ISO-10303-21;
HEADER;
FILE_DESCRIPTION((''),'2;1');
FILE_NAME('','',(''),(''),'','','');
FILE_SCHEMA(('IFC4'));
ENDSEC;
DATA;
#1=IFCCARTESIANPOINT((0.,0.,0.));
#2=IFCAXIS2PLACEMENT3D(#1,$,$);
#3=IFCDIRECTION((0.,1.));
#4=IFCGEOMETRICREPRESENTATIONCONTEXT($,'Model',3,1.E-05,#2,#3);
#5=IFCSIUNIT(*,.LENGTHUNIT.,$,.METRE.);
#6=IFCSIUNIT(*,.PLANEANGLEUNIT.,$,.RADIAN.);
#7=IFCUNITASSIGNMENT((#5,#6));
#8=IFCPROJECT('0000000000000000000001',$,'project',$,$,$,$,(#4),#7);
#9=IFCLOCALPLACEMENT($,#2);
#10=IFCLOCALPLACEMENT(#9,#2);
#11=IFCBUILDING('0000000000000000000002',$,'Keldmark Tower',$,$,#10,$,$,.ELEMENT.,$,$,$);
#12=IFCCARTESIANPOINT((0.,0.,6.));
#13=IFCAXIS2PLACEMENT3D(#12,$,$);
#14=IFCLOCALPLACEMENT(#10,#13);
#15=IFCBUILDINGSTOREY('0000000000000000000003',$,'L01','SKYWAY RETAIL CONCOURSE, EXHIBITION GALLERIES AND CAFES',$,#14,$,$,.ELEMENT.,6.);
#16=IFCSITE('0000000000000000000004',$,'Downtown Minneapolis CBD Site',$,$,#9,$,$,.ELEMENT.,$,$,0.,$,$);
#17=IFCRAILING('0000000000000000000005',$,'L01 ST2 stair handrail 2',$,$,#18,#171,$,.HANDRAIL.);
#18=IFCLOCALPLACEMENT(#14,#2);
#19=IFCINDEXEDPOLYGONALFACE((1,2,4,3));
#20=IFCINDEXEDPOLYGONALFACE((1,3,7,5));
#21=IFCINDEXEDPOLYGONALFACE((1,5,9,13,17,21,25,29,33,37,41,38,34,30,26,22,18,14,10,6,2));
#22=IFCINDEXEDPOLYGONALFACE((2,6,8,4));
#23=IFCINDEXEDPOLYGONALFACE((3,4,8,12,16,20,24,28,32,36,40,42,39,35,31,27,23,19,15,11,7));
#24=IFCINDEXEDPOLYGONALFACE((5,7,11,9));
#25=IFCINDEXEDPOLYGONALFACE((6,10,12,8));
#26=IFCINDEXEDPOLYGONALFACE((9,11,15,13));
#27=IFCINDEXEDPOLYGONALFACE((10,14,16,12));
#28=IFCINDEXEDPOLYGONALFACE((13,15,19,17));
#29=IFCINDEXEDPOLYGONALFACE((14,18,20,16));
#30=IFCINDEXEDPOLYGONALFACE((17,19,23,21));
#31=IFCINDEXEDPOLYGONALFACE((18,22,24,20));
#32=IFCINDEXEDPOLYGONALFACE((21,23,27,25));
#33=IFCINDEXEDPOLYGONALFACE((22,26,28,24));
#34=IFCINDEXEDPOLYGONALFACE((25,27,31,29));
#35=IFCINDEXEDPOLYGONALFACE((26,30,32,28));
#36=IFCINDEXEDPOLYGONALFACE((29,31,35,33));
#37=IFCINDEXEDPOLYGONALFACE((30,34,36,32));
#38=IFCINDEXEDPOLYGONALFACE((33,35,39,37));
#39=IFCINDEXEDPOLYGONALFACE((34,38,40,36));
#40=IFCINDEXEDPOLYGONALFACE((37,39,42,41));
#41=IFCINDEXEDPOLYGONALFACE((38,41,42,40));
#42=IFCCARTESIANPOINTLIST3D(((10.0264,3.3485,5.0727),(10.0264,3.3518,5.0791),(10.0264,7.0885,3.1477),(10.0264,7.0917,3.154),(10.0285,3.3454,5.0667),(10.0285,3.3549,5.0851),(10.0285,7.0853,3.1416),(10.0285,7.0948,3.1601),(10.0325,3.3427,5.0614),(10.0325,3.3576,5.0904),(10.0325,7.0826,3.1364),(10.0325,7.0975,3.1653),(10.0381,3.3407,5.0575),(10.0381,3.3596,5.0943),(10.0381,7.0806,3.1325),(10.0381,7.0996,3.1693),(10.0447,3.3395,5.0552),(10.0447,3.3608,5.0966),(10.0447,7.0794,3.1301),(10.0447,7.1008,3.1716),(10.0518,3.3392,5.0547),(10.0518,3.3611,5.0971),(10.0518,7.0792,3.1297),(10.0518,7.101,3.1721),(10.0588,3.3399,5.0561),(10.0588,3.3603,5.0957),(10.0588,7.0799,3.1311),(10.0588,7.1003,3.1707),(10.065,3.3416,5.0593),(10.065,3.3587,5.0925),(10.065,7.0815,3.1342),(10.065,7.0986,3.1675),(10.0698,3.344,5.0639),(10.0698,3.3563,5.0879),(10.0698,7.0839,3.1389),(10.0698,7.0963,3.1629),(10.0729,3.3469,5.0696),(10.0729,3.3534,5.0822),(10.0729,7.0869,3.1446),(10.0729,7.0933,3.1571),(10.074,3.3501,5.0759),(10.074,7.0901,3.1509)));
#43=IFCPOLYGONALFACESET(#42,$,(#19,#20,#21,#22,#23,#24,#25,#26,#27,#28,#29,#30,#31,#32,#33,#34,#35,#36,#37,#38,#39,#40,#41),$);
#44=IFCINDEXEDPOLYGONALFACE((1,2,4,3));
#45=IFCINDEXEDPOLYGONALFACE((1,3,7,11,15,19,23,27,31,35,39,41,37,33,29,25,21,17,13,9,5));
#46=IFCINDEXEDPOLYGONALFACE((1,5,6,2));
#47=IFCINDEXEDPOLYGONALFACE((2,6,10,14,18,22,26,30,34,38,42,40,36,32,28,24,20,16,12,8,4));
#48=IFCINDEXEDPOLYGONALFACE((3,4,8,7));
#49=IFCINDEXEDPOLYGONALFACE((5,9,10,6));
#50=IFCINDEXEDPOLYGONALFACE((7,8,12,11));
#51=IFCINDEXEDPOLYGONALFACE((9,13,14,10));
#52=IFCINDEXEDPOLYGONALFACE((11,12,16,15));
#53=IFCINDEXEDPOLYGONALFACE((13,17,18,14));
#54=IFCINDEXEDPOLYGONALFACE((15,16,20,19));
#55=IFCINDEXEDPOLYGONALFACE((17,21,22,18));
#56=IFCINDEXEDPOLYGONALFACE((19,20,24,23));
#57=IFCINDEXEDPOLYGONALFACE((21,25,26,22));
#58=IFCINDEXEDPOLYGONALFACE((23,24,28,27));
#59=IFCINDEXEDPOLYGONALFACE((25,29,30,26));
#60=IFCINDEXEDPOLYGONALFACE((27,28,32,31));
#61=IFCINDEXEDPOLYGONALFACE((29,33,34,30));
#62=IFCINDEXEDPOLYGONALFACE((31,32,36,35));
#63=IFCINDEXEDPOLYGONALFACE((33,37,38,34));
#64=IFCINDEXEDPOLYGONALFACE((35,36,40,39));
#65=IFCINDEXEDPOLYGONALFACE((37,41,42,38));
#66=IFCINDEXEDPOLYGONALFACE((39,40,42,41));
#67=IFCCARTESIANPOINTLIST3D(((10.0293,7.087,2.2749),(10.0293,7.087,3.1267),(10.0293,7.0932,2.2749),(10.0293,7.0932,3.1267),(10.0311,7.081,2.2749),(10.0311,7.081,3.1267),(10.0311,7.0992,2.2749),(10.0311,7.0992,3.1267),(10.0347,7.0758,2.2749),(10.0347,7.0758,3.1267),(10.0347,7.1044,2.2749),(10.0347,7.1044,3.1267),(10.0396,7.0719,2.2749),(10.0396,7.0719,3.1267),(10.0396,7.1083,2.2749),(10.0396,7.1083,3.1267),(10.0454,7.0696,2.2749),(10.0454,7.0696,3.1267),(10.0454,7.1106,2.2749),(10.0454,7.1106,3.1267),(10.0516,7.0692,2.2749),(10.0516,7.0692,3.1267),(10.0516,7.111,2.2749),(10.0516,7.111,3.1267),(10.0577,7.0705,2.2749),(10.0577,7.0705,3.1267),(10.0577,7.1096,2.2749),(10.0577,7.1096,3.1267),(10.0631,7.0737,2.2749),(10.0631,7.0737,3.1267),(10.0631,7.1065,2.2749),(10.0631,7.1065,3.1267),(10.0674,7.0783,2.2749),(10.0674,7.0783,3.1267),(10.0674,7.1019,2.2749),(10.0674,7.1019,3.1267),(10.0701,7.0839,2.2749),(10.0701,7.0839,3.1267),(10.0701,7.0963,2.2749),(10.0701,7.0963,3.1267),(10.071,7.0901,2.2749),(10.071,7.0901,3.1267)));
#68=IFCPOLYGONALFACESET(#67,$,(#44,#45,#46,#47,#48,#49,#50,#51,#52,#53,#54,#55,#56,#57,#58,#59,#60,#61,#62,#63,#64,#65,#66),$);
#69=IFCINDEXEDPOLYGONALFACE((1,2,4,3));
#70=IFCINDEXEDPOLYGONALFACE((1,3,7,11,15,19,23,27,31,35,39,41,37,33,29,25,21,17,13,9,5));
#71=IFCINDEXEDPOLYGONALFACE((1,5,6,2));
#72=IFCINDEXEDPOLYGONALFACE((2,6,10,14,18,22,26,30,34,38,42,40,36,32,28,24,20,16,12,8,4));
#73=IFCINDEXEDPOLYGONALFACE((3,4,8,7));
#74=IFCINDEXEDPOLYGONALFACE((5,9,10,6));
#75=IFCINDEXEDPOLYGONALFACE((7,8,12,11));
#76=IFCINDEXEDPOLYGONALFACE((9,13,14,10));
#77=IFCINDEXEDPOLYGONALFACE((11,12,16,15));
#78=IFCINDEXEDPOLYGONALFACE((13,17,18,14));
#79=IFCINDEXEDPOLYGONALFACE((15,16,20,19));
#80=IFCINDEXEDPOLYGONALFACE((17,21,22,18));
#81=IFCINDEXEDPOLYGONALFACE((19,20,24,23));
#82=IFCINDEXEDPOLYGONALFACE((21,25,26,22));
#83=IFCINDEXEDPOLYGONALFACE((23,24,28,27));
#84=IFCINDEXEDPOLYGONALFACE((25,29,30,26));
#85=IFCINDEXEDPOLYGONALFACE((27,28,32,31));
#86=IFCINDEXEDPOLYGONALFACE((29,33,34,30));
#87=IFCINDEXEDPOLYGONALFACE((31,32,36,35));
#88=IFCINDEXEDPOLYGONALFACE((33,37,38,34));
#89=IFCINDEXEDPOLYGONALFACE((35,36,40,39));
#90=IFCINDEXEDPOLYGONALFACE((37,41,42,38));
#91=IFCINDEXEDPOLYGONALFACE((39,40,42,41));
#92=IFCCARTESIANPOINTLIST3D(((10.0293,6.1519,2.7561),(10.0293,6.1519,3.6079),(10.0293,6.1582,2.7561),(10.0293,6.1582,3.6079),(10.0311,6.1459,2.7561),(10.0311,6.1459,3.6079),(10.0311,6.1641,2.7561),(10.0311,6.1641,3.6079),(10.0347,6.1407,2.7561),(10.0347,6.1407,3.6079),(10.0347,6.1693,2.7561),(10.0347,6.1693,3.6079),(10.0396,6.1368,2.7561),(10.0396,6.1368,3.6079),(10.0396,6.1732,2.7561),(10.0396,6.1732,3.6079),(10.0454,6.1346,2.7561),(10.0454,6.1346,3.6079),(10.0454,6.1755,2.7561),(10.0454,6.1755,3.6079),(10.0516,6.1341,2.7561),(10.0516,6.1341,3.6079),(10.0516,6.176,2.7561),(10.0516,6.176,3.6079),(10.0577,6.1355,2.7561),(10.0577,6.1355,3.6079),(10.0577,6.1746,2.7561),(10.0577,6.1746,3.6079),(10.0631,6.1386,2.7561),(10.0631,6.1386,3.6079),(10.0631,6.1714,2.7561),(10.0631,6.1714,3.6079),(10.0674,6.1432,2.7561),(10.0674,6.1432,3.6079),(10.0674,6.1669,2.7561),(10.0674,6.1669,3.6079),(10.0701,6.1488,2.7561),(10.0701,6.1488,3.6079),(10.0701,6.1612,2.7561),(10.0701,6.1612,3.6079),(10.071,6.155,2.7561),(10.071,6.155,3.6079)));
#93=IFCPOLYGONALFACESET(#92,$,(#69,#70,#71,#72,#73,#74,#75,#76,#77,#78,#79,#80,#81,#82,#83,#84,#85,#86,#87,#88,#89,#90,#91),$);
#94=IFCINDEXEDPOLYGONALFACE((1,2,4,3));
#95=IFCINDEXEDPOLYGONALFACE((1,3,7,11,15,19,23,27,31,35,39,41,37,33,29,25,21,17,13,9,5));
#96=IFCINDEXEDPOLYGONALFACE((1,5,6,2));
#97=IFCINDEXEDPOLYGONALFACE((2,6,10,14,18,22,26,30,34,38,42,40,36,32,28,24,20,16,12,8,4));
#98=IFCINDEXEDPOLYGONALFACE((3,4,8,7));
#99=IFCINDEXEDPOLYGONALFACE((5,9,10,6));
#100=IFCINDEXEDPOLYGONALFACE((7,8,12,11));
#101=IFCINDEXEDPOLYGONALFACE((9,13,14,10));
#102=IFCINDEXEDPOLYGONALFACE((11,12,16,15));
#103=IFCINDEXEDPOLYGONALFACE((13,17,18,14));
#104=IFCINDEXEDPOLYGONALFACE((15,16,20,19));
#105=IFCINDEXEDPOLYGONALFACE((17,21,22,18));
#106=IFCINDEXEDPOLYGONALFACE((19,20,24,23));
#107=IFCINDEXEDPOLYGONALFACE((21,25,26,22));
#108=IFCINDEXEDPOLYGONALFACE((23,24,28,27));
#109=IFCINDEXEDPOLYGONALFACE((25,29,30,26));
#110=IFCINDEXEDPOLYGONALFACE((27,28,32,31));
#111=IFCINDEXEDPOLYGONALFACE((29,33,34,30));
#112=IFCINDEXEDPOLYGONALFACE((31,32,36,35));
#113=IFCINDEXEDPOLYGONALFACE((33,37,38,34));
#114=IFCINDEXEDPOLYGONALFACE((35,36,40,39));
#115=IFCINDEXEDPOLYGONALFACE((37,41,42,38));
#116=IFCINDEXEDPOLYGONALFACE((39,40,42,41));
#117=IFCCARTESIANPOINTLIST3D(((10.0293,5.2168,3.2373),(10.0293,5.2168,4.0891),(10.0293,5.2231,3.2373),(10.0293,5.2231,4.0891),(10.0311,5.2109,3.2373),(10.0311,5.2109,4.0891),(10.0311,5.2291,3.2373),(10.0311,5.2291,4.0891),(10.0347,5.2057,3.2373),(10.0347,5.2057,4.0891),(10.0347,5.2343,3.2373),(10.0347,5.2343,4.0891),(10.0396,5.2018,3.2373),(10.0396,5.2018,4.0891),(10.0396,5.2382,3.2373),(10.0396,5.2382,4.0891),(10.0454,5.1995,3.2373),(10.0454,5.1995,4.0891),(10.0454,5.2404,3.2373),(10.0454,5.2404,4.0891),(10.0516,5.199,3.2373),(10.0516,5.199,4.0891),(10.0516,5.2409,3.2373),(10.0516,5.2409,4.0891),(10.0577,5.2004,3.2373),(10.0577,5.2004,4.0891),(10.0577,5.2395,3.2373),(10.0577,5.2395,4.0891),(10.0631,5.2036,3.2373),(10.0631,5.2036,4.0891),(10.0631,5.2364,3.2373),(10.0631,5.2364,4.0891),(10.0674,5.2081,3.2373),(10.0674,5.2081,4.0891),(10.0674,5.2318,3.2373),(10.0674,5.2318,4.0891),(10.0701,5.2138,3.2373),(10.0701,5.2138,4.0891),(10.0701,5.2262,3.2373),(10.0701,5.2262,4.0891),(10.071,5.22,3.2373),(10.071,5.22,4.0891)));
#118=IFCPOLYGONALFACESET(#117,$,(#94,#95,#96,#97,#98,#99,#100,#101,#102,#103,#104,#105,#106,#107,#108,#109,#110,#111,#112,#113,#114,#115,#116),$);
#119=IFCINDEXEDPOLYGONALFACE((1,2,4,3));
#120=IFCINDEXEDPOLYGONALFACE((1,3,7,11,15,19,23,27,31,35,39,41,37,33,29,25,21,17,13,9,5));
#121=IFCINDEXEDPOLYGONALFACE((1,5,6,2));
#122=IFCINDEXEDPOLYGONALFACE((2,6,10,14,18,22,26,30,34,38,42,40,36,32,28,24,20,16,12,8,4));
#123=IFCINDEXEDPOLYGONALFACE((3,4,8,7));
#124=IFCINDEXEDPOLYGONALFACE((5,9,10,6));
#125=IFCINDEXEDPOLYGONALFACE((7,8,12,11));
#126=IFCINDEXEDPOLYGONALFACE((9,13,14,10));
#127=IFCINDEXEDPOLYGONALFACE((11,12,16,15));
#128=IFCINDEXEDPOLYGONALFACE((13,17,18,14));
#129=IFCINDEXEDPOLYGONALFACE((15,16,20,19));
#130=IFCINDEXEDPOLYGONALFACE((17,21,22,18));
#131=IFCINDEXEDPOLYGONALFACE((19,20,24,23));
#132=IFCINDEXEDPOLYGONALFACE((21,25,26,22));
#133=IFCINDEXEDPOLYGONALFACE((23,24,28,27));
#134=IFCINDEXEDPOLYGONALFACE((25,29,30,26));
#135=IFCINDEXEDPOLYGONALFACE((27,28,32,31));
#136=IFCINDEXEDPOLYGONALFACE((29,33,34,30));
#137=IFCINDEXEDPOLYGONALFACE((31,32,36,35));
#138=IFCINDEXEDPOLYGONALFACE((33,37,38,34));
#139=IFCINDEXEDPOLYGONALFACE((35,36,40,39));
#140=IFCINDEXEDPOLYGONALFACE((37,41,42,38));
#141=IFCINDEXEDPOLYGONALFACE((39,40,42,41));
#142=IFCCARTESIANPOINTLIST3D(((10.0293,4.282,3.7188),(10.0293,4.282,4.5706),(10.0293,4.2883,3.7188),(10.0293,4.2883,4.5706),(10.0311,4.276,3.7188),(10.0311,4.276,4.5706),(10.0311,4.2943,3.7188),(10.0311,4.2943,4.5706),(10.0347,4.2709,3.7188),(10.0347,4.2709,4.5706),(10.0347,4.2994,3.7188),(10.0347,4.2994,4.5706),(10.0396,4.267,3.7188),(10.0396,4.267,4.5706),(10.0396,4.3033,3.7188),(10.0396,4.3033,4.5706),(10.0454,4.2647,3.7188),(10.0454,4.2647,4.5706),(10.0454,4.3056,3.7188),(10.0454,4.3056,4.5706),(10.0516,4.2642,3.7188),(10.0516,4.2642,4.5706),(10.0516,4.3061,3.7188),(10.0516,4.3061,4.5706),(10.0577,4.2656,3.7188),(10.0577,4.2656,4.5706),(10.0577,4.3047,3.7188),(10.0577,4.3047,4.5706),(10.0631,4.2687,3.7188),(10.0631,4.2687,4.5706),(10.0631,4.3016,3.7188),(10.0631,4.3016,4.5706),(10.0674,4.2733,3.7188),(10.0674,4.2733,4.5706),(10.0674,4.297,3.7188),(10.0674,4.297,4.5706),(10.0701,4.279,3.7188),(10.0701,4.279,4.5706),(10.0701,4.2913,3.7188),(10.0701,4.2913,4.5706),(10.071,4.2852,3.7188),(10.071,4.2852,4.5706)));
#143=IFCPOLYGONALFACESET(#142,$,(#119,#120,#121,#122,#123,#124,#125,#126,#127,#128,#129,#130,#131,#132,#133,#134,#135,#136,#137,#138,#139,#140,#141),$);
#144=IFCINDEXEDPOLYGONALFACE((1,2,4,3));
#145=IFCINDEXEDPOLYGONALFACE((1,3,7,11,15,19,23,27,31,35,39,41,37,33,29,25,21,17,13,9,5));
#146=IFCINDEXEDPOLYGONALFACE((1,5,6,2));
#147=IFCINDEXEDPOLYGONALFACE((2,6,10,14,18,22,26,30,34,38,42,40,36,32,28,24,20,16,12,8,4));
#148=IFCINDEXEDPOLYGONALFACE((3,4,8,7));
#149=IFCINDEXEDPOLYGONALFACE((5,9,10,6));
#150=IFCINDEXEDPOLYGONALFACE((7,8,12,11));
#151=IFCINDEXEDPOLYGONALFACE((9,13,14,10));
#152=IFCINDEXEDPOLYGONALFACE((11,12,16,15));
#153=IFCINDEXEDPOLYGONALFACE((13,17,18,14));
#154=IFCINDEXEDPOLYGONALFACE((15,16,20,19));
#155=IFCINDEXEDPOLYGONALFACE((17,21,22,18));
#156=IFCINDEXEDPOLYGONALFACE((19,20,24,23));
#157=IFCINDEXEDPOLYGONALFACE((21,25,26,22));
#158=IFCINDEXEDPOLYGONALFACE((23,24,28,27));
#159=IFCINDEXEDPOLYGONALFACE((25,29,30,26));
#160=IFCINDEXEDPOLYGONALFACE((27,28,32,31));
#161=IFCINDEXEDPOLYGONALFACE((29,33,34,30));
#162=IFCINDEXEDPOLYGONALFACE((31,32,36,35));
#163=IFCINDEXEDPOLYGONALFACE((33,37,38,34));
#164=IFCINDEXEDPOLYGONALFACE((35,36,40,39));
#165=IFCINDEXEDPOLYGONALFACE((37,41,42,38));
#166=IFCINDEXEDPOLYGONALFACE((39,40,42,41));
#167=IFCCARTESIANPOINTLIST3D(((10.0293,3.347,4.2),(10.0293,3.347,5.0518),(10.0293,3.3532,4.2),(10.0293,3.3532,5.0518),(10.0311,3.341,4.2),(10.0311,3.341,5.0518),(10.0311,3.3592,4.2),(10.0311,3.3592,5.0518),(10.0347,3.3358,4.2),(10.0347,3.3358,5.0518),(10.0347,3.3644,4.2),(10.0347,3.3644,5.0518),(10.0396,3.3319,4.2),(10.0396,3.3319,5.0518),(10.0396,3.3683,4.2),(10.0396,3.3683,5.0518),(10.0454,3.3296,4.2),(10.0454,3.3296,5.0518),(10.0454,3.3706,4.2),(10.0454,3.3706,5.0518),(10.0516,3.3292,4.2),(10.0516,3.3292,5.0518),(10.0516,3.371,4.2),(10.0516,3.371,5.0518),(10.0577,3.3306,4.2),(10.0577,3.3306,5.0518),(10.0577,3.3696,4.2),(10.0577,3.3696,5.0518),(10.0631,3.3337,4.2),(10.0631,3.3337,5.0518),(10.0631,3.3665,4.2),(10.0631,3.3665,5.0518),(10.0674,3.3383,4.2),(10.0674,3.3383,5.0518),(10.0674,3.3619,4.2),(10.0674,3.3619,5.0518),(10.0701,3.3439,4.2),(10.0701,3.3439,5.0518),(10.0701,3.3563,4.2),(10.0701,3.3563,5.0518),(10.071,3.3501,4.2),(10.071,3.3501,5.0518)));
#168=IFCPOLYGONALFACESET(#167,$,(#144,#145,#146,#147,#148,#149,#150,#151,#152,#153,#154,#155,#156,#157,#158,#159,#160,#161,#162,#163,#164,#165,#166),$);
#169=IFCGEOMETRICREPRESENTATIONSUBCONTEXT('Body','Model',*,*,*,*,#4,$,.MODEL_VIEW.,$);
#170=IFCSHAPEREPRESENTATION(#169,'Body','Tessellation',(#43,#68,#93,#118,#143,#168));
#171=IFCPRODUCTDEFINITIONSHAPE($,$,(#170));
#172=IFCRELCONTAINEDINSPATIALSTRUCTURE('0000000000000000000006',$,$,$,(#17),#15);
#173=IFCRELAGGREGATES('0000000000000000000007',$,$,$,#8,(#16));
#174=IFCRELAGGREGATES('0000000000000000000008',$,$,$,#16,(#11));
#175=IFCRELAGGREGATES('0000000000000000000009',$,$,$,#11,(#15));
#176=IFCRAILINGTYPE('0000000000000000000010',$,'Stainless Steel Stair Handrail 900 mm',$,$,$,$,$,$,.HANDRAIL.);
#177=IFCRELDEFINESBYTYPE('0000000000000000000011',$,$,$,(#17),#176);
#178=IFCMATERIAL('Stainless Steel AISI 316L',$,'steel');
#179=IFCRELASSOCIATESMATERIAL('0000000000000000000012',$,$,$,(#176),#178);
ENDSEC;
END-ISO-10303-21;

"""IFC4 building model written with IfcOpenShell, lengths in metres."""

from ifc_helpers import new_model, si_unit, direction, frame, origin, origin_2d, place, context, subcontext, project, spatial, circle, extrude, material, type_object, element, save


model = new_model("IFC4")

# Units and contexts
model_context = context("Model", 3, precision=1e-05, world=origin(), true_north=direction((0.0, 1.0)))
body_context = subcontext(model_context, "Body", "Model", "MODEL_VIEW")
ifc_project = project(units=[si_unit("LENGTHUNIT", "METRE"), si_unit("PLANEANGLEUNIT", "RADIAN")], contexts=[model_context])

# Site, building, storey
site_placement = place(None, origin())
site = spatial("IfcSite", under=ifc_project, at=site_placement, Name="Downtown Minneapolis CBD Site", CompositionType="ELEMENT", RefElevation=0.0)
building_placement = place(site_placement, origin())
building = spatial("IfcBuilding", under=site, at=building_placement, Name="Keldmark Tower", CompositionType="ELEMENT")
storey_placement = place(building_placement, frame((0.0, 0.0, 6.0)))
storey = spatial("IfcBuildingStorey", under=building, at=storey_placement, Name="L01", Description="SKYWAY RETAIL CONCOURSE, EXHIBITION GALLERIES AND CAFES", CompositionType="ELEMENT", Elevation=6.0)

# Railing
ifc_material_1 = material(Name="Stainless Steel AISI 316L", Category="steel")
railing_type_1 = type_object("IfcRailingType", Name="Stainless Steel Stair Handrail 900 mm", PredefinedType="HANDRAIL", material=ifc_material_1)
railing_1_placement = place(storey_placement, frame((10.05, 7.0901, 2.2749)))
element("IfcRailing", 1, at=railing_1_placement, inside=storey, type_object=railing_type_1, Name="L01 ST2 stair handrail 2", PredefinedType="HANDRAIL", context=body_context, shape_type="SweptSolid", body=[
    extrude(circle(Radius=0.0239, at=origin_2d()), frame((0.0, 0.0, 0.876), z_axis=(0.0, -0.889131, 0.457654), x_axis=(1.0, 0.0, 0.0)), (0.0, 0.0, 1.0), 4.2063),
    extrude(circle(Radius=0.021, at=origin_2d()), origin(), (0.0, 0.0, 1.0), 0.8518),
    extrude(circle(Radius=0.021, at=origin_2d()), frame((0.0, -0.9351, 0.4812)), (0.0, 0.0, 1.0), 0.8518),
    extrude(circle(Radius=0.021, at=origin_2d()), frame((0.0, -1.8701, 0.9624)), (0.0, 0.0, 1.0), 0.8518),
    extrude(circle(Radius=0.021, at=origin_2d()), frame((0.0, -2.8049, 1.4438)), (0.0, 0.0, 1.0), 0.8518),
    extrude(circle(Radius=0.021, at=origin_2d()), frame((0.0, -3.74, 1.925)), (0.0, 0.0, 1.0), 0.8518),
])

save(model, "model.ifc")
